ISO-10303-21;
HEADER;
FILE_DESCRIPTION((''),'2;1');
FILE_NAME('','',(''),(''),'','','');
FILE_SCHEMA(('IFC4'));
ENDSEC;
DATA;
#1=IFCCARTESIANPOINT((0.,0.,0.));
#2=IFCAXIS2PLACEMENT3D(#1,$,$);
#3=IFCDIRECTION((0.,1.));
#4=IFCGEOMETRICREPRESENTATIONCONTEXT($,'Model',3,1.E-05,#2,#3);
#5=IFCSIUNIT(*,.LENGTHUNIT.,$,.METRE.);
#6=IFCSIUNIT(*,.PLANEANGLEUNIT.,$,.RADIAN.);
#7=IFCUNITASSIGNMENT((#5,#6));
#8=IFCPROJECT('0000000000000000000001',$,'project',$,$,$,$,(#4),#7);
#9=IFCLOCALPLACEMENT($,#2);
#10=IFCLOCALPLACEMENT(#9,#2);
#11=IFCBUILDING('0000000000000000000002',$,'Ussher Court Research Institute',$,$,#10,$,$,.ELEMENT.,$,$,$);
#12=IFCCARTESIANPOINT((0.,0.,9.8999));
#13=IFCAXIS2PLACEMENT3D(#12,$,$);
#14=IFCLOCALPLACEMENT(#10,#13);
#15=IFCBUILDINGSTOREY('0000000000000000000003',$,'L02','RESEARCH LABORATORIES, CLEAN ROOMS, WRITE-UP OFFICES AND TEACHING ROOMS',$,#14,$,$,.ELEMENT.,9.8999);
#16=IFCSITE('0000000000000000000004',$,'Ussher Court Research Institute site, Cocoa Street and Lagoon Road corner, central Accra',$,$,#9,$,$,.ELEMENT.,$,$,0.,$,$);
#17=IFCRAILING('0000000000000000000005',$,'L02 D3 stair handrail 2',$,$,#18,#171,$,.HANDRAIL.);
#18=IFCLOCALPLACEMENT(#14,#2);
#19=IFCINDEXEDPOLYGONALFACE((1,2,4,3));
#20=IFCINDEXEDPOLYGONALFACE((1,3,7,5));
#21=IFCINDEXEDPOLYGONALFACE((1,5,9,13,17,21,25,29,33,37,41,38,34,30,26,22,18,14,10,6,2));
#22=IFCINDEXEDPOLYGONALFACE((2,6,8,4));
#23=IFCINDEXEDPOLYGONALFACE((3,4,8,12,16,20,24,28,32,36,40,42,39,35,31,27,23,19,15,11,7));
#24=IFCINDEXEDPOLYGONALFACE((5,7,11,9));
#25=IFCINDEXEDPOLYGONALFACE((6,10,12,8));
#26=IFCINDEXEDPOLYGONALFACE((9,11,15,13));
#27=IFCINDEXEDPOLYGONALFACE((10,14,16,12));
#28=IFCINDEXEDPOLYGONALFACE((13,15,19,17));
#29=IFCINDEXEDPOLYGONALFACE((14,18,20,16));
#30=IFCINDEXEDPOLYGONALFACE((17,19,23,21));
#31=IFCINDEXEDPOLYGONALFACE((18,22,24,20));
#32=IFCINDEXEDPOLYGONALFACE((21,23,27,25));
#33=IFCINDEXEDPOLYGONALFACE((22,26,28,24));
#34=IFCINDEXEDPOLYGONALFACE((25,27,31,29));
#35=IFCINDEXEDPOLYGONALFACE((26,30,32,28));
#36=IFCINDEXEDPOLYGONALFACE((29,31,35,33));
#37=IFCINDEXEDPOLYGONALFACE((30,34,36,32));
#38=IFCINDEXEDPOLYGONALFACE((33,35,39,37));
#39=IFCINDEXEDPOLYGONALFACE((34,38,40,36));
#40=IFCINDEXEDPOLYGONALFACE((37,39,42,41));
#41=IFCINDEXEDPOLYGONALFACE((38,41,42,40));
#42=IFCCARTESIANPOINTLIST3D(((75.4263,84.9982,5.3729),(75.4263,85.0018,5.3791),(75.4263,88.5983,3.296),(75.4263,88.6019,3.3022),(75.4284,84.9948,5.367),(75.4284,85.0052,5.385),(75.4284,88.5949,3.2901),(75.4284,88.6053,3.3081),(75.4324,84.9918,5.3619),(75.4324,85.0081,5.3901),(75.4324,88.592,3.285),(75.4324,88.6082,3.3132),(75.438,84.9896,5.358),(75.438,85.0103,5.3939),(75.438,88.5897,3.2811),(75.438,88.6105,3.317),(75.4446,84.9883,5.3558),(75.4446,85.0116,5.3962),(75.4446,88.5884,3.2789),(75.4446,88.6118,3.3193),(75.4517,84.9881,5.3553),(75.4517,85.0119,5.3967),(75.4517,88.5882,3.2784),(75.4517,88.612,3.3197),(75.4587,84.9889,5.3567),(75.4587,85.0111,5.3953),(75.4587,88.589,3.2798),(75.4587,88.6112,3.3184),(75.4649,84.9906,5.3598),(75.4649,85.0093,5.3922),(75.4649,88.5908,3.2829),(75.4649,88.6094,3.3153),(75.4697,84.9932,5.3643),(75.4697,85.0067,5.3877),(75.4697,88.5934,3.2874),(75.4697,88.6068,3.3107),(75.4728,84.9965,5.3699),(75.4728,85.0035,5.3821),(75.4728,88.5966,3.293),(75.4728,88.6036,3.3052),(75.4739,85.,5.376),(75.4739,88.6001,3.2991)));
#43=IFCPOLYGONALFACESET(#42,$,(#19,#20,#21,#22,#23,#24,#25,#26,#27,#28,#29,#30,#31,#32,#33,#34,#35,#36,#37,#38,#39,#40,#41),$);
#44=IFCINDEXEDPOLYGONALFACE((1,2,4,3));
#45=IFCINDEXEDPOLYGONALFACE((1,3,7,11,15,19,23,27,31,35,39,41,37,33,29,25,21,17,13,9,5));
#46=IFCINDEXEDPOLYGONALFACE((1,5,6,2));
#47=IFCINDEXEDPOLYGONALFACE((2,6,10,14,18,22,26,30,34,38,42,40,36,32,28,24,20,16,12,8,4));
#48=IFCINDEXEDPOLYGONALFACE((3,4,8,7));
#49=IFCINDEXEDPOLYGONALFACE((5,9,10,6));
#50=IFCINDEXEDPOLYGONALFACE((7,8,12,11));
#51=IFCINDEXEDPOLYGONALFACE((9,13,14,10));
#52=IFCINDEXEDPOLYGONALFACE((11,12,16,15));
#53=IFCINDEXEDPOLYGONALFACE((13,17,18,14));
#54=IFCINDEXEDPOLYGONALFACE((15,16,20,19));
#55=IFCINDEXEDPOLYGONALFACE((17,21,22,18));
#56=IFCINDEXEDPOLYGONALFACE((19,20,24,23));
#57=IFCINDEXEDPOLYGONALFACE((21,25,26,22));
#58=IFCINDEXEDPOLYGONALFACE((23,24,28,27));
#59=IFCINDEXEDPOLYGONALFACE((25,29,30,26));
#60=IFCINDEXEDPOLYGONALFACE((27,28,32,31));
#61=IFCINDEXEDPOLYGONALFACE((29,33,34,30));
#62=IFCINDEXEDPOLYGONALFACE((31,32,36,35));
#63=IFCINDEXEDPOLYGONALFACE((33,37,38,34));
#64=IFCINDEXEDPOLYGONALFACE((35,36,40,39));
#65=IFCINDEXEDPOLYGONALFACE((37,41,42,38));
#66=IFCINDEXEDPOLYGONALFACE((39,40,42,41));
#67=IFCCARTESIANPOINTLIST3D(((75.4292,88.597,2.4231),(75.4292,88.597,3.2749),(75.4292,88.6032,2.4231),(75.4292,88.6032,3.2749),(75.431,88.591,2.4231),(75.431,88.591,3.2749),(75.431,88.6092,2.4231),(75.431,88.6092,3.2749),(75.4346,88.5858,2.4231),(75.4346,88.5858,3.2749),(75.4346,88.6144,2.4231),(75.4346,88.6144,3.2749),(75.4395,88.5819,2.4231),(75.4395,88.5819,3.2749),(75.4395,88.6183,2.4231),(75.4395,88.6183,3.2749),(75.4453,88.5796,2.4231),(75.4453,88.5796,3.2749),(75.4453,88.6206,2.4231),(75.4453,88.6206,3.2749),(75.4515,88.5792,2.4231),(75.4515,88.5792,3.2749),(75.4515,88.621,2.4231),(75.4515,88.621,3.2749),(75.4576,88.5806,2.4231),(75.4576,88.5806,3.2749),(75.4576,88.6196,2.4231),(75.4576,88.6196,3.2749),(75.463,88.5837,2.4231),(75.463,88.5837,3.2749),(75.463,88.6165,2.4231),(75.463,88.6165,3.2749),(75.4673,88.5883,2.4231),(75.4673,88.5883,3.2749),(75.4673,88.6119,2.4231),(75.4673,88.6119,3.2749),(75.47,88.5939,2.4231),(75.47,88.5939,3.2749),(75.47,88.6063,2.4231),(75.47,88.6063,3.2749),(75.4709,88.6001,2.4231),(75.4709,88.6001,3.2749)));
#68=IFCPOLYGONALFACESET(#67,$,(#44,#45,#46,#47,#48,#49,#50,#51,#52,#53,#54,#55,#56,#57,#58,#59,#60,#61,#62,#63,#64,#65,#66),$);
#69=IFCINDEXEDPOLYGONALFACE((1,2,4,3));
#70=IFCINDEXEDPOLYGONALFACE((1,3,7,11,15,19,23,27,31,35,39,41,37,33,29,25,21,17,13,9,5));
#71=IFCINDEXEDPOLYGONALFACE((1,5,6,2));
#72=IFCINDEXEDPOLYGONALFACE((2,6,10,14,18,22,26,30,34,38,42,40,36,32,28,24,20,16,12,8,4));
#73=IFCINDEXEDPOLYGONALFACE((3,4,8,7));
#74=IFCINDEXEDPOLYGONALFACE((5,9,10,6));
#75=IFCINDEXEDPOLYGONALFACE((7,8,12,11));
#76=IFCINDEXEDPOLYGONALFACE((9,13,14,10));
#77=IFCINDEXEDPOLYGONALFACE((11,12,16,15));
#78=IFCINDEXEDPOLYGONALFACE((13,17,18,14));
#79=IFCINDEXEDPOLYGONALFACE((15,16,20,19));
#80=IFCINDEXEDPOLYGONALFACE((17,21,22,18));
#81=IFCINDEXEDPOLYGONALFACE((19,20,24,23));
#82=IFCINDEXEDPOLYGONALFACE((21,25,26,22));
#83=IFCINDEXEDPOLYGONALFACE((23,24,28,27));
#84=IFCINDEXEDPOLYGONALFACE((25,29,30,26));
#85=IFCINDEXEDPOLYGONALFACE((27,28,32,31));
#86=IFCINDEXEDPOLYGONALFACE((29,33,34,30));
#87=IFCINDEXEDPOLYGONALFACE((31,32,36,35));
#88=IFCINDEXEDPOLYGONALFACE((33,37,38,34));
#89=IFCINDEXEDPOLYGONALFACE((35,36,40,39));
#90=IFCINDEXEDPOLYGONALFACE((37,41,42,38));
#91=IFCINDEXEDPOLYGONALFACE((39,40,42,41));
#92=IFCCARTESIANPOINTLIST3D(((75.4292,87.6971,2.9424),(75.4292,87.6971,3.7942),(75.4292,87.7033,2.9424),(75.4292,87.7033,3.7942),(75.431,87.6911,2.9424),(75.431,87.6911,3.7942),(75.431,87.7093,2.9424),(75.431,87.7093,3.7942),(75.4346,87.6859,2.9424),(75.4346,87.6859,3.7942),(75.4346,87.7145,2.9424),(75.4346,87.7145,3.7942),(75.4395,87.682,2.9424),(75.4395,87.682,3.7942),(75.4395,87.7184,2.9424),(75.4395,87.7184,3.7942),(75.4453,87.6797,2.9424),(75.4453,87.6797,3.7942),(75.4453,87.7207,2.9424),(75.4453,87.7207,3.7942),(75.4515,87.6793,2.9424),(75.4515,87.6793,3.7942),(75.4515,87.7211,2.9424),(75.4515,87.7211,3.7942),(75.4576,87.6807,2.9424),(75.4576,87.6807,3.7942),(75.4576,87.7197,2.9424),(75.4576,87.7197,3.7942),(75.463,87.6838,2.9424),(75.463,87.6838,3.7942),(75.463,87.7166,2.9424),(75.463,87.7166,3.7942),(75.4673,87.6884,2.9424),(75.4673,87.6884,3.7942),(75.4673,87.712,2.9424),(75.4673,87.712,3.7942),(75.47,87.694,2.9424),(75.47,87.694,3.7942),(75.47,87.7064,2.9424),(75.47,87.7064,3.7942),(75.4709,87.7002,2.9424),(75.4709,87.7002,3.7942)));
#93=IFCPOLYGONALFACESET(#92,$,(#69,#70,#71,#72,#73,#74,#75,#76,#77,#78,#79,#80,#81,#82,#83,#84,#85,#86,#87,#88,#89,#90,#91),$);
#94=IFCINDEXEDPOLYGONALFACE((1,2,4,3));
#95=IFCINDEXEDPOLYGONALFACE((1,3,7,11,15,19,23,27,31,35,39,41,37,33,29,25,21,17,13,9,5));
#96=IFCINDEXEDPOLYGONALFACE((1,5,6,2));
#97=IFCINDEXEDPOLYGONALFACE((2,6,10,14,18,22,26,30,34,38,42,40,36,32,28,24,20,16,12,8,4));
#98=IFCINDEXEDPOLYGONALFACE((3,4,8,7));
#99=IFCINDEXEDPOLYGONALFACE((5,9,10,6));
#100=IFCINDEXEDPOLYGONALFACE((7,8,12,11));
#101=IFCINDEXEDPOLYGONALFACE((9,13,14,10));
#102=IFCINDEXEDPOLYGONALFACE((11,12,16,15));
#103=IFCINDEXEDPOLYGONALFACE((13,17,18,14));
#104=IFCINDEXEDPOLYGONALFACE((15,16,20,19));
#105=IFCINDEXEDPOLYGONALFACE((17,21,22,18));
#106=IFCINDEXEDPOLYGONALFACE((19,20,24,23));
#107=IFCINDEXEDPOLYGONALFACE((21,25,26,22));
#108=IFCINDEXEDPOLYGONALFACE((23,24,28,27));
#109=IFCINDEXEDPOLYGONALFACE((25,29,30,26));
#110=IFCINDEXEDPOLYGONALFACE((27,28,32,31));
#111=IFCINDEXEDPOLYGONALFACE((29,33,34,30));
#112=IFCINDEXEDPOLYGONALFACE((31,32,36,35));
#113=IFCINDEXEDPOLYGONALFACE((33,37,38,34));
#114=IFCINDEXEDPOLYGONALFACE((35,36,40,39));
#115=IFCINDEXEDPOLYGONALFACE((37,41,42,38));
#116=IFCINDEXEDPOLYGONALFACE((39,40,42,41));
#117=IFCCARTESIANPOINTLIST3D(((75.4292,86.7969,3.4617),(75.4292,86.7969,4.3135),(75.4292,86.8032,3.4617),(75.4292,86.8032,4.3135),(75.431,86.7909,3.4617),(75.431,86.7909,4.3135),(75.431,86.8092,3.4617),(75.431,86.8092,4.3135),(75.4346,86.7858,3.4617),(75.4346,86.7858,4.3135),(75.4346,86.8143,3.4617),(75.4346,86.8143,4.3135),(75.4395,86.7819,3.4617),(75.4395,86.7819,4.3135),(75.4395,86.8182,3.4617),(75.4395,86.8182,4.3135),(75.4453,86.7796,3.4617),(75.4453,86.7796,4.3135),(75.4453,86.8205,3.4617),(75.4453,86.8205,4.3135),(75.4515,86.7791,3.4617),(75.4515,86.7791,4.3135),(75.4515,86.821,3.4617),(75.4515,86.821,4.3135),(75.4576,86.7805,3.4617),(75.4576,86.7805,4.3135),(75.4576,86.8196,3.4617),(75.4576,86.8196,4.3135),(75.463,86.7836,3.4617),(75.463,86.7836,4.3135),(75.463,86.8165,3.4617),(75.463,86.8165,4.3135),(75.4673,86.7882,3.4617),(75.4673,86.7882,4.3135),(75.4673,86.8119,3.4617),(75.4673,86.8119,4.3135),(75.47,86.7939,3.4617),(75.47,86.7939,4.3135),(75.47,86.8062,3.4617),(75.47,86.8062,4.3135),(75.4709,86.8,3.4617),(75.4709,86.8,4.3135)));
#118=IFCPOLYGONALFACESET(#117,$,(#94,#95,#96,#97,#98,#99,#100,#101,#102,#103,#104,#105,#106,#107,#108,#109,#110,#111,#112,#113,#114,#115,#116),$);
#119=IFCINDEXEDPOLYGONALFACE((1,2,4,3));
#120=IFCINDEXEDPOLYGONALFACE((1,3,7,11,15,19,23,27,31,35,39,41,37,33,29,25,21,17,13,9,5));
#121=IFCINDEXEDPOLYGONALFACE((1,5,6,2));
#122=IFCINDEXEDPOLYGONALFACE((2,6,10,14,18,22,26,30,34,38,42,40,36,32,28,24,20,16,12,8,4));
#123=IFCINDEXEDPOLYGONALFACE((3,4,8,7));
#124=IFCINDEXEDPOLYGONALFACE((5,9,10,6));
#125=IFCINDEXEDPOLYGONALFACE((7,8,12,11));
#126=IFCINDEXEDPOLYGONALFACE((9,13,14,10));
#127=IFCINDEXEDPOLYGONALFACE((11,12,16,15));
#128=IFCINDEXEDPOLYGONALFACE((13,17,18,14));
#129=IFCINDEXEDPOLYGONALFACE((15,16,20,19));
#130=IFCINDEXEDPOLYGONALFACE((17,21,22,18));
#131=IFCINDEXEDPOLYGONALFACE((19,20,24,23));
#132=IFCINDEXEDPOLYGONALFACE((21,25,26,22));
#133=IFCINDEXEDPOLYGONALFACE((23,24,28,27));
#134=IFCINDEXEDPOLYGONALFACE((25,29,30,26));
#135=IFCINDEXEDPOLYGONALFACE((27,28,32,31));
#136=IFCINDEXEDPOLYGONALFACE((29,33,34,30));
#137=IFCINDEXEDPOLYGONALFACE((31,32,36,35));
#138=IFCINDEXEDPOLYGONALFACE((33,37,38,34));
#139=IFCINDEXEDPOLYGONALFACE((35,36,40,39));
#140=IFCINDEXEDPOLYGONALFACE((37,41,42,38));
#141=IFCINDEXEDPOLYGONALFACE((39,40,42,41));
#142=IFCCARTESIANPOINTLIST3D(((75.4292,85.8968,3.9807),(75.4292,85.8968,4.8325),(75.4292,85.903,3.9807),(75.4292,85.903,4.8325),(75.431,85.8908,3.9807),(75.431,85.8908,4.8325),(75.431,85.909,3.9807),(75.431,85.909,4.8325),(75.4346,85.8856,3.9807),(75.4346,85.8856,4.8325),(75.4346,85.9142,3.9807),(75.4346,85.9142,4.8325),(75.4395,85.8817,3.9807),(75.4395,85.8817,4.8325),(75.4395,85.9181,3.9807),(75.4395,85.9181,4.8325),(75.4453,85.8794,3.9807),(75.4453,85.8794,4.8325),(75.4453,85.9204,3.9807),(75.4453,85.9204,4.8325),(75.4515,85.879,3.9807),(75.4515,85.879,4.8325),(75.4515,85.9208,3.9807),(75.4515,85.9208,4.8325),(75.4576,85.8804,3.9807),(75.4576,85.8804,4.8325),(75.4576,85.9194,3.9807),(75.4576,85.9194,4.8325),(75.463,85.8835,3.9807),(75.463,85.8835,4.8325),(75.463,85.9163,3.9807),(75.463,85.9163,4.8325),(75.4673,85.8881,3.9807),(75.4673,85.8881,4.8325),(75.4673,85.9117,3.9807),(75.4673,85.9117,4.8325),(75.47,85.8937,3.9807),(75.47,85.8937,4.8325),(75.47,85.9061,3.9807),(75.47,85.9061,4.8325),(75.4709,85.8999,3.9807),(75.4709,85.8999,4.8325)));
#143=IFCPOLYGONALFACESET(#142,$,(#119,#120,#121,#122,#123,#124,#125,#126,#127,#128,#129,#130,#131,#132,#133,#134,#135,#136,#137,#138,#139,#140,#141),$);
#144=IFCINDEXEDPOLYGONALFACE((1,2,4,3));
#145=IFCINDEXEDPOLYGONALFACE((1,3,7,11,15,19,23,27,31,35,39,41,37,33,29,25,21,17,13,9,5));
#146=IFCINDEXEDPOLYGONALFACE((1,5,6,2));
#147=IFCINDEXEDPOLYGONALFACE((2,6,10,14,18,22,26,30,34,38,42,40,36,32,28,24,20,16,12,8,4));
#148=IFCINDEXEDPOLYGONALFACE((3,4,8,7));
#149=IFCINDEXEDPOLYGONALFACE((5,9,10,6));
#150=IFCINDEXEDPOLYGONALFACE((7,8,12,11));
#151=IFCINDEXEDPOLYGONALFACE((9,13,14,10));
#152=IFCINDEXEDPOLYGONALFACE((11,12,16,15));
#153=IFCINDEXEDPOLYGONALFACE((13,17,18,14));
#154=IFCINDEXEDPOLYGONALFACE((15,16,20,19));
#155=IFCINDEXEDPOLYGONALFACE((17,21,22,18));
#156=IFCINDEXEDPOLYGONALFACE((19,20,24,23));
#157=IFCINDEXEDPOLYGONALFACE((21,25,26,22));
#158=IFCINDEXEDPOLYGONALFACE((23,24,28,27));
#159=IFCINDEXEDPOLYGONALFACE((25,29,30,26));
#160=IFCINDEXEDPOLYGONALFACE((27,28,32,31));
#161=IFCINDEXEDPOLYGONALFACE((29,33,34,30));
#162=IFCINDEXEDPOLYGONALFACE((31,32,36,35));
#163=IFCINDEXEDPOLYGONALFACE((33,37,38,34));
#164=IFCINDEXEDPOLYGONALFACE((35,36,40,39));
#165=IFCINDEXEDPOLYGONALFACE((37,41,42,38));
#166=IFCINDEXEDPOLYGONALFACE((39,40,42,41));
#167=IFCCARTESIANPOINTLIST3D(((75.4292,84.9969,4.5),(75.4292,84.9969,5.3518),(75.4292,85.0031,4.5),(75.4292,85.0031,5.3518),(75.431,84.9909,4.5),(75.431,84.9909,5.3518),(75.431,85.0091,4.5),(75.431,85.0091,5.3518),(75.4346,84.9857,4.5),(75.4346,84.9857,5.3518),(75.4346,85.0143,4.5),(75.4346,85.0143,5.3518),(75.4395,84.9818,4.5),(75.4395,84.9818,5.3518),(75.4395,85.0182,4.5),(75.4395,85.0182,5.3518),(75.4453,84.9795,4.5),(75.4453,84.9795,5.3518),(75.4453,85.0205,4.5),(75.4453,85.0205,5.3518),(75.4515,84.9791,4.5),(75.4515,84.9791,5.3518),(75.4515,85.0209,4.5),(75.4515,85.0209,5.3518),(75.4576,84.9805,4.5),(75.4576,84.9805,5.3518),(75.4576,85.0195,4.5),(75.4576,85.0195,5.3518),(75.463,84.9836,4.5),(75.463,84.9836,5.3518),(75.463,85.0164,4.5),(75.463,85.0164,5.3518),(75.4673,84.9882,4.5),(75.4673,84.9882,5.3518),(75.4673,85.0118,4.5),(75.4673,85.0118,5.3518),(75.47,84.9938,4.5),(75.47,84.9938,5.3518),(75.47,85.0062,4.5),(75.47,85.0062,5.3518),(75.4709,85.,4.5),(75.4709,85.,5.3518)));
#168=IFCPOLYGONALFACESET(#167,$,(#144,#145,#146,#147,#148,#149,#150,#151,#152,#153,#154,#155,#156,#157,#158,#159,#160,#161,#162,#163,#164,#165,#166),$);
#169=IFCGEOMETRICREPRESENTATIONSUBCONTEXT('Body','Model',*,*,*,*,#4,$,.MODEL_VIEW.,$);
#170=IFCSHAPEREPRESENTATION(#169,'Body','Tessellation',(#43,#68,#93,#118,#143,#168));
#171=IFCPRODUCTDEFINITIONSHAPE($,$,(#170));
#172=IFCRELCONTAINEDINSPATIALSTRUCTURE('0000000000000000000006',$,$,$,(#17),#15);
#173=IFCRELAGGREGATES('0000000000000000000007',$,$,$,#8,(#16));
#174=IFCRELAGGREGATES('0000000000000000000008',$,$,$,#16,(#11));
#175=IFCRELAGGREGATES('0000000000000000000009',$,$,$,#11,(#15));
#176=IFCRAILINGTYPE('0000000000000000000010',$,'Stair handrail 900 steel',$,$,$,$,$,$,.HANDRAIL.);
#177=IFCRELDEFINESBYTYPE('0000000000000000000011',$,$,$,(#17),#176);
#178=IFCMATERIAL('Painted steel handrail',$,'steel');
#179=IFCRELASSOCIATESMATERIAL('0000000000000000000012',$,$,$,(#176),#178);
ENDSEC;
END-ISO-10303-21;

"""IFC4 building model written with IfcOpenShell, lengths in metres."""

from ifc_helpers import new_model, si_unit, direction, frame, origin, origin_2d, place, context, subcontext, project, spatial, circle, extrude, material, type_object, element, save


model = new_model("IFC4")

# Units and contexts
model_context = context("Model", 3, precision=1e-05, world=origin(), true_north=direction((0.0, 1.0)))
body_context = subcontext(model_context, "Body", "Model", "MODEL_VIEW")
ifc_project = project(units=[si_unit("LENGTHUNIT", "METRE"), si_unit("PLANEANGLEUNIT", "RADIAN")], contexts=[model_context])

# Site, building, storey
site_placement = place(None, origin())
site = spatial("IfcSite", under=ifc_project, at=site_placement, Name="Ussher Court Research Institute site, Cocoa Street and Lagoon Road corner, central Accra", CompositionType="ELEMENT", RefElevation=0.0)
building_placement = place(site_placement, origin())
building = spatial("IfcBuilding", under=site, at=building_placement, Name="Ussher Court Research Institute", CompositionType="ELEMENT")
storey_placement = place(building_placement, frame((0.0, 0.0, 9.8999)))
storey = spatial("IfcBuildingStorey", under=building, at=storey_placement, Name="L02", Description="RESEARCH LABORATORIES, CLEAN ROOMS, WRITE-UP OFFICES AND TEACHING ROOMS", CompositionType="ELEMENT", Elevation=9.8999)

# Railing
ifc_material_1 = material(Name="Painted steel handrail", Category="steel")
railing_type = type_object("IfcRailingType", Name="Stair handrail 900 steel", PredefinedType="HANDRAIL", material=ifc_material_1)
railing_placement = place(storey_placement, frame((75.45, 88.6001, 2.4231)))
element("IfcRailing", 1, at=railing_placement, inside=storey, type_object=railing_type, Name="L02 D3 stair handrail 2", PredefinedType="HANDRAIL", context=body_context, shape_type="SweptSolid", body=[
    extrude(circle(Radius=0.0239, at=origin_2d()), frame((0.0, 0.0, 0.876), z_axis=(0.0, -0.866193, 0.499709), x_axis=(1.0, 0.0, 0.0)), (0.0, 0.0, 1.0), 4.1562),
    extrude(circle(Radius=0.021, at=origin_2d()), origin(), (0.0, 0.0, 1.0), 0.8518),
    extrude(circle(Radius=0.021, at=origin_2d()), frame((0.0, -0.8999, 0.5193)), (0.0, 0.0, 1.0), 0.8518),
    extrude(circle(Radius=0.021, at=origin_2d()), frame((0.0, -1.8, 1.0386)), (0.0, 0.0, 1.0), 0.8518),
    extrude(circle(Radius=0.021, at=origin_2d()), frame((0.0, -2.7002, 1.5576)), (0.0, 0.0, 1.0), 0.8518),
    extrude(circle(Radius=0.021, at=origin_2d()), frame((0.0, -3.6001, 2.0769)), (0.0, 0.0, 1.0), 0.8518),
])

save(model, "model.ifc")
